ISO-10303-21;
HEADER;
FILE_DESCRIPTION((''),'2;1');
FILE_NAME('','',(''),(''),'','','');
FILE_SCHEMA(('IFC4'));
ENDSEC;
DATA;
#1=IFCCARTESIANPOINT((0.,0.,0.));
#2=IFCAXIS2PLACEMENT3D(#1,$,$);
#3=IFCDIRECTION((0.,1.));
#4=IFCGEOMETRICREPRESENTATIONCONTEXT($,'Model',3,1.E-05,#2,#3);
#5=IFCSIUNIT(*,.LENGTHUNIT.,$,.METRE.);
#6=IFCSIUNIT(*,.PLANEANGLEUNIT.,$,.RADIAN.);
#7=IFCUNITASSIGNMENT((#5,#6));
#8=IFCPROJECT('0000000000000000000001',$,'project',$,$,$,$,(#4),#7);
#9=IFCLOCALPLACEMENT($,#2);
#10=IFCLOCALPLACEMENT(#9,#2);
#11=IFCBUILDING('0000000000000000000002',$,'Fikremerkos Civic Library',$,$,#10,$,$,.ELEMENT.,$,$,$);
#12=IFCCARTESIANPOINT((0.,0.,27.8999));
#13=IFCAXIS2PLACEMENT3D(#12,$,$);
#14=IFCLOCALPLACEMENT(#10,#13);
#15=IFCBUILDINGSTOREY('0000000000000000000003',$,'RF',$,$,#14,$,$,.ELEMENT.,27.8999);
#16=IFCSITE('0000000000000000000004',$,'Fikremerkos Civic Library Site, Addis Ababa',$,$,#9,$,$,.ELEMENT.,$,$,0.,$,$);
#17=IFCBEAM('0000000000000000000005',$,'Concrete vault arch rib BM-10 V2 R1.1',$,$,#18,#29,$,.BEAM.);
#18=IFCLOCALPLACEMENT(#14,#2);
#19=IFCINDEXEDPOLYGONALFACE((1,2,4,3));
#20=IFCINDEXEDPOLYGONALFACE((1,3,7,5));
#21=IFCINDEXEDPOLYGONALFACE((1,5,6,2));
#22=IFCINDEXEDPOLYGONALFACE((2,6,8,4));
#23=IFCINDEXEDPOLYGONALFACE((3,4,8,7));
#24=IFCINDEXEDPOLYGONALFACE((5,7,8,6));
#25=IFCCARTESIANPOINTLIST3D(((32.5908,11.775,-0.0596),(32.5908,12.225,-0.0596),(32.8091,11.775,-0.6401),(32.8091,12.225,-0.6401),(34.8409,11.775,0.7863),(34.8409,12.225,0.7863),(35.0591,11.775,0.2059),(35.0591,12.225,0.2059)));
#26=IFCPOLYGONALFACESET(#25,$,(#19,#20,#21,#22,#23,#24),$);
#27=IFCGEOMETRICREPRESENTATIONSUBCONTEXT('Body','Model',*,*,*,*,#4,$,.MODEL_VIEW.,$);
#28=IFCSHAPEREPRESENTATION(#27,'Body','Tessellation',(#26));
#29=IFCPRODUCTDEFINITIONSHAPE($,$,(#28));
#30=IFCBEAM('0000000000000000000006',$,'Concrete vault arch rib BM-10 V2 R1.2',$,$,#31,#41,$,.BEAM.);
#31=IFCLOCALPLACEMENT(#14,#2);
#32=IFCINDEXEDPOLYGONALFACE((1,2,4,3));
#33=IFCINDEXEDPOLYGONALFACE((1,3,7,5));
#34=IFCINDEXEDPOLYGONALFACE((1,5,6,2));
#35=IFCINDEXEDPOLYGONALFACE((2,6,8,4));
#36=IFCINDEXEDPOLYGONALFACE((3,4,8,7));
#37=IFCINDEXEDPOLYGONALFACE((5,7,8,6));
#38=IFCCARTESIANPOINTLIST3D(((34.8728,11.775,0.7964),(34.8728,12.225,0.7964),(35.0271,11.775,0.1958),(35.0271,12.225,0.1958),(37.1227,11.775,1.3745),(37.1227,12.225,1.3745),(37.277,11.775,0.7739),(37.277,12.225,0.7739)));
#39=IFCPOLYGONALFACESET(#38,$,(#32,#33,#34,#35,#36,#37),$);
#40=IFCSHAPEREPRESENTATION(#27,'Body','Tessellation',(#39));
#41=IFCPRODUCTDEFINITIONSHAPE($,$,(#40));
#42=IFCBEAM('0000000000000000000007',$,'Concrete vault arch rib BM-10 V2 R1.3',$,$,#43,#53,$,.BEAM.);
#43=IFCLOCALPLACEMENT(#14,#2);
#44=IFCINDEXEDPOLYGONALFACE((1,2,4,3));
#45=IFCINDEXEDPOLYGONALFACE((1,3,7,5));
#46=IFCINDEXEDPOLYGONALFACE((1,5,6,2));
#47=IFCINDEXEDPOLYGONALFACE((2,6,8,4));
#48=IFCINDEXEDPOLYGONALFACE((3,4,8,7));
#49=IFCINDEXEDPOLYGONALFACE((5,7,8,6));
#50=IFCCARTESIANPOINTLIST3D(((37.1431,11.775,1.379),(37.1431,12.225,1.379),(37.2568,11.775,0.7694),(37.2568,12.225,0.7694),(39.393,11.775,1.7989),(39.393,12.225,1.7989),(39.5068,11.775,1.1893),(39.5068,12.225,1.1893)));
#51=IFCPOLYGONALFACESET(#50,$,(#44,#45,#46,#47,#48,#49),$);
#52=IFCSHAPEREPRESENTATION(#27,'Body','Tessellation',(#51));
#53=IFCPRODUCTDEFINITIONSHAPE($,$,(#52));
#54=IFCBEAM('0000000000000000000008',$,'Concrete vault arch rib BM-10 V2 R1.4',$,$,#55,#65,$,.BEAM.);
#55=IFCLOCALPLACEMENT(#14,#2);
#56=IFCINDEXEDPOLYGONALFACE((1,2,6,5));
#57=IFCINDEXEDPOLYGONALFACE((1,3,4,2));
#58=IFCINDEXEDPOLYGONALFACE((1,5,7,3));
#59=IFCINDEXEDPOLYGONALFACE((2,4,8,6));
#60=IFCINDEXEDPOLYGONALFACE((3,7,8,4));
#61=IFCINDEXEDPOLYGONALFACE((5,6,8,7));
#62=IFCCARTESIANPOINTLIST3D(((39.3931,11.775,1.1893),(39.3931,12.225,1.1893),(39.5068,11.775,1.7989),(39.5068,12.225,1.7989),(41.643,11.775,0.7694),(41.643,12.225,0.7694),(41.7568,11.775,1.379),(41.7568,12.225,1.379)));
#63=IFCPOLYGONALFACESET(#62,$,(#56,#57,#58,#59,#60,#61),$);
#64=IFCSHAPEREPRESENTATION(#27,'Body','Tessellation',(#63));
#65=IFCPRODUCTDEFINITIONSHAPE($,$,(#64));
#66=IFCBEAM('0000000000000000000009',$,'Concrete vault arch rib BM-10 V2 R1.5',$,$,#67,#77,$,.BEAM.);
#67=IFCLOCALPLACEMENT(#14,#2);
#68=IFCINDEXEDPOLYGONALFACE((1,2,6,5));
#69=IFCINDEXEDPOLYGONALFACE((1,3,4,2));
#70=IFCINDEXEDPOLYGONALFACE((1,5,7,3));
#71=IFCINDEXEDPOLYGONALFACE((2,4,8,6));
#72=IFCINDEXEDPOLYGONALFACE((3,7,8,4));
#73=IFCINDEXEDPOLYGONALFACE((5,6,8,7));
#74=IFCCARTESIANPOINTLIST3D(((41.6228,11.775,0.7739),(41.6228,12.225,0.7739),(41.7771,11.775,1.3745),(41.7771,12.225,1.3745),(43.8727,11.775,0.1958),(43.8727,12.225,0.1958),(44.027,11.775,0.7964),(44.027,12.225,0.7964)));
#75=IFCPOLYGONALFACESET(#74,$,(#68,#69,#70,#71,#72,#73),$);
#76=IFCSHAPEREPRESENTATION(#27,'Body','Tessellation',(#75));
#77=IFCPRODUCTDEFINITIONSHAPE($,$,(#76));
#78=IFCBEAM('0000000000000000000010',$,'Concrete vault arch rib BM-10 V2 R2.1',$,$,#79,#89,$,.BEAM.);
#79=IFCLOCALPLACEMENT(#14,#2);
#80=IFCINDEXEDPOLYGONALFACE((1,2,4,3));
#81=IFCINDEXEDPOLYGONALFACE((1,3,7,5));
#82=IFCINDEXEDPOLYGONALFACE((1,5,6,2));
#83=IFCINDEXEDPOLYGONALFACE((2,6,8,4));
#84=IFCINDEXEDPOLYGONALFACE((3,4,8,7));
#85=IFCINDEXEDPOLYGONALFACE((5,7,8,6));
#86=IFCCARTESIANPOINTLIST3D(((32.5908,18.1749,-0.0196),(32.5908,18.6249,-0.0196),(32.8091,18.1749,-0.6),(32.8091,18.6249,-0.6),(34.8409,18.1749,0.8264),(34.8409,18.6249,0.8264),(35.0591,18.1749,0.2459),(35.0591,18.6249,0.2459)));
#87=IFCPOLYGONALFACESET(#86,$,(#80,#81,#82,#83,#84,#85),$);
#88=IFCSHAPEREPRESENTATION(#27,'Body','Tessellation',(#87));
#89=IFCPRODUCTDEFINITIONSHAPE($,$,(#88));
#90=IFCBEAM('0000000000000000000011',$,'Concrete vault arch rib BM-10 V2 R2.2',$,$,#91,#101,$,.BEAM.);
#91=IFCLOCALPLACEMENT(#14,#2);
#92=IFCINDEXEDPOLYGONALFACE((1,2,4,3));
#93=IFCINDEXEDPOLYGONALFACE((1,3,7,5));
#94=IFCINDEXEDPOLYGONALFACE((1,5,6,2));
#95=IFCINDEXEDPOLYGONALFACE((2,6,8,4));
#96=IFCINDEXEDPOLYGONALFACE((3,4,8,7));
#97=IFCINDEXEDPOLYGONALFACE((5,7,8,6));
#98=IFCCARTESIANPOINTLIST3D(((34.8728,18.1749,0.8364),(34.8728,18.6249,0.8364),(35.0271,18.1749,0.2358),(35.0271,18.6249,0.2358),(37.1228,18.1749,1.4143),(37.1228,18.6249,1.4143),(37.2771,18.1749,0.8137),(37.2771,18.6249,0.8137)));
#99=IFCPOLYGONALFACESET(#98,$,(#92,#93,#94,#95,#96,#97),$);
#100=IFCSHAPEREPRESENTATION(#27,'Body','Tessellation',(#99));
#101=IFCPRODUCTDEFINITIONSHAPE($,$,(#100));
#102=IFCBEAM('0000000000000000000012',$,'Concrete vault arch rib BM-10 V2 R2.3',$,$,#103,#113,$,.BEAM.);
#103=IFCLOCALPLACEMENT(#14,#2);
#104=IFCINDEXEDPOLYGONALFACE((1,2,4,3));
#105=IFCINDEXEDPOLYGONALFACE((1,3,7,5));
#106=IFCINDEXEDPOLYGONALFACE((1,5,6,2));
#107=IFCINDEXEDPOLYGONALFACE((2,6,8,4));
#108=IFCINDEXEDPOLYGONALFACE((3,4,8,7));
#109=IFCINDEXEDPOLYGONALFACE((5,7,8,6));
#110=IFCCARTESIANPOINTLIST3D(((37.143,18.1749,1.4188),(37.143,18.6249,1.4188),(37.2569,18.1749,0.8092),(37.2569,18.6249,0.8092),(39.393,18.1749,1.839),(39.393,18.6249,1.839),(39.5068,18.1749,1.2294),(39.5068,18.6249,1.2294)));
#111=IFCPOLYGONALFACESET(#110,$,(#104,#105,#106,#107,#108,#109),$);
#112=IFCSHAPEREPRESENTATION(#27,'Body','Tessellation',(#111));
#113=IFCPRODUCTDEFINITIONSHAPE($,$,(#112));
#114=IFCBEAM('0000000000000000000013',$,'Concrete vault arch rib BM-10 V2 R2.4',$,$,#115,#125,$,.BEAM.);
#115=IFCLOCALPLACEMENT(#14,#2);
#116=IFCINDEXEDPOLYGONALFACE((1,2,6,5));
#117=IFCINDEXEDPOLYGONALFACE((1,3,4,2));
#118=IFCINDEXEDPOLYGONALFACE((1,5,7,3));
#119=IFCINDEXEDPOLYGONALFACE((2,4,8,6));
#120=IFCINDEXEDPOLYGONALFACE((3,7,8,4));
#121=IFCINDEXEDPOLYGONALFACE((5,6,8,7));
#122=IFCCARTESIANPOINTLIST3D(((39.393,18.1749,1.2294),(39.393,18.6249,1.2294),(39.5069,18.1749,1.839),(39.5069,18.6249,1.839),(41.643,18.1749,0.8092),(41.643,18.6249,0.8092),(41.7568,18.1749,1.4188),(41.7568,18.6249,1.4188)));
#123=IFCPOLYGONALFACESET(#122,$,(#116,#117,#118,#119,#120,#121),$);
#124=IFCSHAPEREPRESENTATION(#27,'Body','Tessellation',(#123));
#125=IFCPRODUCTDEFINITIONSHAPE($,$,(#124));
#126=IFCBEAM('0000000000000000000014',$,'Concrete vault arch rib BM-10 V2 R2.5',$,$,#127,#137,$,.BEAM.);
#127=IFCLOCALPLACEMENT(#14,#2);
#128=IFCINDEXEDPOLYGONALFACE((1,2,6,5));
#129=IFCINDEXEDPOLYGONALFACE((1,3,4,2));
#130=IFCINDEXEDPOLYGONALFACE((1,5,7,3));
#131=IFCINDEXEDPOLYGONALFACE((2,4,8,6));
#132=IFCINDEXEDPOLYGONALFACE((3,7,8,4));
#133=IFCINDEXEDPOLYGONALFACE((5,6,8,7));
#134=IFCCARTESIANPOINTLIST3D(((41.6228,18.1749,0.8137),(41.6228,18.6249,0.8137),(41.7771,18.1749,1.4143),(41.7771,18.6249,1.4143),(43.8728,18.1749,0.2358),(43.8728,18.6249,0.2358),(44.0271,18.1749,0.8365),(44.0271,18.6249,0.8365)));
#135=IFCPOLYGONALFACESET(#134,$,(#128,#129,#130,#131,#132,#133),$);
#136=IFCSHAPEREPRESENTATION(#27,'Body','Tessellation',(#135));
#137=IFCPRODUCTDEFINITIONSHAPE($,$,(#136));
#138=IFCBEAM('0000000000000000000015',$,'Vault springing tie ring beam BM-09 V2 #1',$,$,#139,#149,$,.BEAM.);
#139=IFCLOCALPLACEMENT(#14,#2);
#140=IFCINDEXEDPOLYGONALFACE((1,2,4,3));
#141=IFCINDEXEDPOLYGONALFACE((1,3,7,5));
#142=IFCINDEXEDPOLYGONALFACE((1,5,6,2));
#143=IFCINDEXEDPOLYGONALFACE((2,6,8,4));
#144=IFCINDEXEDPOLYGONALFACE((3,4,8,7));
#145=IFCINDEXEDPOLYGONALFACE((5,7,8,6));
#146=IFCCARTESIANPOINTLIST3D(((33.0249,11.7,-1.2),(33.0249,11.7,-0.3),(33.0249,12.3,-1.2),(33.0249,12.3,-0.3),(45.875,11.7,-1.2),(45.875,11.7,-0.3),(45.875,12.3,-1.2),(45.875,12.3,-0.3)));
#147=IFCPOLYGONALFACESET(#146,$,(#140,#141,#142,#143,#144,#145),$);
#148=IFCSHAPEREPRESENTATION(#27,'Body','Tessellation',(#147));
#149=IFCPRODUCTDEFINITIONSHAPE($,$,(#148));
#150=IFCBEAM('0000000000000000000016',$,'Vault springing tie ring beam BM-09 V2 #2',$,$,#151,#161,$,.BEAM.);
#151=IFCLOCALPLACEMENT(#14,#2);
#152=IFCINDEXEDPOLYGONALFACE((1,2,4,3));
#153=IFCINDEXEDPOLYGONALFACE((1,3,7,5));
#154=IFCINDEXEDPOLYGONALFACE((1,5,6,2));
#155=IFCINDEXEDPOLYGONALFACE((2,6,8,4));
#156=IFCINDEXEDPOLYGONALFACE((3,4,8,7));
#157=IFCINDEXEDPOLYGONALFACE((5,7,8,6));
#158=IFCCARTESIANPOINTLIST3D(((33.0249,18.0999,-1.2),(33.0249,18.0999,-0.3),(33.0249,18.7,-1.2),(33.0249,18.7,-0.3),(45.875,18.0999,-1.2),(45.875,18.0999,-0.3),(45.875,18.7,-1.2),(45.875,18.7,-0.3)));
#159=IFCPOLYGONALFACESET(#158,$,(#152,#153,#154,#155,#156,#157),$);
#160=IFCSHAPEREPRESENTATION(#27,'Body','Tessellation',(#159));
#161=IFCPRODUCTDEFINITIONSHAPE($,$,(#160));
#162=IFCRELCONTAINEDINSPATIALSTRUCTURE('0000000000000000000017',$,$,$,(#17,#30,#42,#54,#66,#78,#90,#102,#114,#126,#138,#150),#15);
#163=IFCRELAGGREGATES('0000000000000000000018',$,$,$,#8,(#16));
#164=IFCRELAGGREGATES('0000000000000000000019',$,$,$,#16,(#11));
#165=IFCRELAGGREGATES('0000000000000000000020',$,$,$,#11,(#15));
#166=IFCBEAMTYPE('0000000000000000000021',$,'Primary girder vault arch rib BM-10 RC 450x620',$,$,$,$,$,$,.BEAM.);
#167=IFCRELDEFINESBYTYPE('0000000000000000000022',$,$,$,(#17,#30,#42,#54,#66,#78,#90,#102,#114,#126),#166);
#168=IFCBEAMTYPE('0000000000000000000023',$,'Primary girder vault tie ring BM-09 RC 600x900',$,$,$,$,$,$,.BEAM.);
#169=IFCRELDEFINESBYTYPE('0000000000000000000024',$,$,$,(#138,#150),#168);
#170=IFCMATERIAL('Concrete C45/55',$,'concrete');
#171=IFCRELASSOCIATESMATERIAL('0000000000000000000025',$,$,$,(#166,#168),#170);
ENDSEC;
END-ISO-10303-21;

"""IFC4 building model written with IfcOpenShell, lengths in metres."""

from ifc_helpers import new_model, si_unit, direction, frame, origin, origin_2d, place, context, subcontext, project, spatial, rectangle, extrude, material, material_profile, profile_set, type_object, element, save


model = new_model("IFC4")

# Units and contexts
model_context = context("Model", 3, precision=1e-05, world=origin(), true_north=direction((0.0, 1.0)))
body_context = subcontext(model_context, "Body", "Model", "MODEL_VIEW")
ifc_project = project(units=[si_unit("LENGTHUNIT", "METRE"), si_unit("PLANEANGLEUNIT", "RADIAN")], contexts=[model_context])

# Site, building, storey
site_placement = place(None, origin())
site = spatial("IfcSite", under=ifc_project, at=site_placement, Name="Fikremerkos Civic Library Site, Addis Ababa", CompositionType="ELEMENT", RefElevation=0.0)
building_placement = place(site_placement, origin())
building = spatial("IfcBuilding", under=site, at=building_placement, Name="Fikremerkos Civic Library", CompositionType="ELEMENT")
storey_placement = place(building_placement, frame((0.0, 0.0, 27.8999)))
storey = spatial("IfcBuildingStorey", under=building, at=storey_placement, Name="RF", CompositionType="ELEMENT", Elevation=27.8999)

# Beams
ifc_material_1 = material(Name="Concrete C45/55", Category="concrete")
ifc_material_profile_1 = material_profile(ifc_material_1, rectangle(XDim=0.45, YDim=0.6201, at=origin_2d()), Name="RC 450x620")
ifc_profile_set_1 = profile_set([ifc_material_profile_1], Name="Concrete C45/55")
beam_type_1 = type_object("IfcBeamType", Name="Primary girder vault arch rib BM-10 RC 450x620", PredefinedType="BEAM", material=ifc_profile_set_1)
for number, where, z_axis, x_axis, name in (
    (1, (32.7, 12.0, -0.3499), (0.936028, 0.0, 0.351925), (0.0, 1.0, 0.0), "Concrete vault arch rib BM-10 V2 R1.1"),
):
    element("IfcBeam", number, at=place(storey_placement, frame(where, z_axis=z_axis, x_axis=x_axis)), inside=storey, type_object=beam_type_1, Name=name, PredefinedType="BEAM", context=body_context, shape_type="SweptSolid", body=[
        extrude(rectangle(XDim=0.45, YDim=0.6201, at=origin_2d()), origin(), (0.0, 0.0, 1.0), 2.4038),
    ])
beam_1_placement = place(storey_placement, frame((34.95, 12.0, 0.4961), z_axis=(0.968539, 0.0, 0.248861), x_axis=(0.0, 1.0, 0.0)))
element("IfcBeam", 2, at=beam_1_placement, inside=storey, type_object=beam_type_1, Name="Concrete vault arch rib BM-10 V2 R1.2", PredefinedType="BEAM", context=body_context, shape_type="SweptSolid", body=[
    extrude(rectangle(XDim=0.45, YDim=0.6201, at=origin_2d()), origin(), (0.0, 0.0, 1.0), 2.323),
])
for number, where, z_axis, x_axis, name in (
    (3, (37.2, 12.0, 1.0742), (0.983026, 0.0, 0.183464), (0.0, 1.0, 0.0), "Concrete vault arch rib BM-10 V2 R1.3"),
    (4, (39.45, 12.0, 1.4941), (0.983026, 0.0, -0.183464), (0.0, 1.0, 0.0), "Concrete vault arch rib BM-10 V2 R1.4"),
):
    element("IfcBeam", number, at=place(storey_placement, frame(where, z_axis=z_axis, x_axis=x_axis)), inside=storey, type_object=beam_type_1, Name=name, PredefinedType="BEAM", context=body_context, shape_type="SweptSolid", body=[
        extrude(rectangle(XDim=0.45, YDim=0.6201, at=origin_2d()), origin(), (0.0, 0.0, 1.0), 2.2888),
    ])
beam_2_placement = place(storey_placement, frame((41.7, 12.0, 1.0742), z_axis=(0.968539, 0.0, -0.248861), x_axis=(0.0, 1.0, 0.0)))
element("IfcBeam", 5, at=beam_2_placement, inside=storey, type_object=beam_type_1, Name="Concrete vault arch rib BM-10 V2 R1.5", PredefinedType="BEAM", context=body_context, shape_type="SweptSolid", body=[
    extrude(rectangle(XDim=0.45, YDim=0.6201, at=origin_2d()), origin(), (0.0, 0.0, 1.0), 2.323),
])
beam_3_placement = place(storey_placement, frame((32.7, 18.3999, -0.3098), z_axis=(0.936028, 0.0, 0.351925), x_axis=(0.0, 1.0, 0.0)))
element("IfcBeam", 6, at=beam_3_placement, inside=storey, type_object=beam_type_1, Name="Concrete vault arch rib BM-10 V2 R2.1", PredefinedType="BEAM", context=body_context, shape_type="SweptSolid", body=[
    extrude(rectangle(XDim=0.45, YDim=0.6201, at=origin_2d()), origin(), (0.0, 0.0, 1.0), 2.4038),
])
beam_4_placement = place(storey_placement, frame((34.95, 18.3999, 0.5361), z_axis=(0.968565, 0.0, 0.248762), x_axis=(0.0, 1.0, 0.0)))
element("IfcBeam", 7, at=beam_4_placement, inside=storey, type_object=beam_type_1, Name="Concrete vault arch rib BM-10 V2 R2.2", PredefinedType="BEAM", context=body_context, shape_type="SweptSolid", body=[
    extrude(rectangle(XDim=0.45, YDim=0.6201, at=origin_2d()), origin(), (0.0, 0.0, 1.0), 2.323),
])
for number, where, z_axis, x_axis, name in (
    (8, (37.2, 18.3999, 1.114), (0.983007, 0.0, 0.183567), (0.0, 1.0, 0.0), "Concrete vault arch rib BM-10 V2 R2.3"),
    (9, (39.45, 18.3999, 1.5342), (0.983007, 0.0, -0.183567), (0.0, 1.0, 0.0), "Concrete vault arch rib BM-10 V2 R2.4"),
):
    element("IfcBeam", number, at=place(storey_placement, frame(where, z_axis=z_axis, x_axis=x_axis)), inside=storey, type_object=beam_type_1, Name=name, PredefinedType="BEAM", context=body_context, shape_type="SweptSolid", body=[
        extrude(rectangle(XDim=0.45, YDim=0.6201, at=origin_2d()), origin(), (0.0, 0.0, 1.0), 2.2888),
    ])
beam_5_placement = place(storey_placement, frame((41.7, 18.3999, 1.114), z_axis=(0.968565, 0.0, -0.248762), x_axis=(0.0, 1.0, 0.0)))
element("IfcBeam", 10, at=beam_5_placement, inside=storey, type_object=beam_type_1, Name="Concrete vault arch rib BM-10 V2 R2.5", PredefinedType="BEAM", context=body_context, shape_type="SweptSolid", body=[
    extrude(rectangle(XDim=0.45, YDim=0.6201, at=origin_2d()), origin(), (0.0, 0.0, 1.0), 2.323),
])
ifc_material_profile_2 = material_profile(ifc_material_1, rectangle(XDim=0.6001, YDim=0.8999, at=origin_2d()), Name="RC 600x900")
ifc_profile_set_2 = profile_set([ifc_material_profile_2], Name="Concrete C45/55")
beam_type_2 = type_object("IfcBeamType", Name="Primary girder vault tie ring BM-09 RC 600x900", PredefinedType="BEAM", material=ifc_profile_set_2)
for number, where, z_axis, x_axis, name in (
    (11, (33.0249, 12.0, -0.75), (1.0, 0.0, 0.0), (0.0, 1.0, 0.0), "Vault springing tie ring beam BM-09 V2 #1"),
    (12, (33.0249, 18.3999, -0.75), (1.0, 0.0, 0.0), (0.0, 1.0, 0.0), "Vault springing tie ring beam BM-09 V2 #2"),
):
    element("IfcBeam", number, at=place(storey_placement, frame(where, z_axis=z_axis, x_axis=x_axis)), inside=storey, type_object=beam_type_2, Name=name, PredefinedType="BEAM", context=body_context, shape_type="SweptSolid", body=[
        extrude(rectangle(XDim=0.6001, YDim=0.8999, at=origin_2d()), origin(), (0.0, 0.0, 1.0), 12.8501),
    ])

save(model, "model.ifc")
